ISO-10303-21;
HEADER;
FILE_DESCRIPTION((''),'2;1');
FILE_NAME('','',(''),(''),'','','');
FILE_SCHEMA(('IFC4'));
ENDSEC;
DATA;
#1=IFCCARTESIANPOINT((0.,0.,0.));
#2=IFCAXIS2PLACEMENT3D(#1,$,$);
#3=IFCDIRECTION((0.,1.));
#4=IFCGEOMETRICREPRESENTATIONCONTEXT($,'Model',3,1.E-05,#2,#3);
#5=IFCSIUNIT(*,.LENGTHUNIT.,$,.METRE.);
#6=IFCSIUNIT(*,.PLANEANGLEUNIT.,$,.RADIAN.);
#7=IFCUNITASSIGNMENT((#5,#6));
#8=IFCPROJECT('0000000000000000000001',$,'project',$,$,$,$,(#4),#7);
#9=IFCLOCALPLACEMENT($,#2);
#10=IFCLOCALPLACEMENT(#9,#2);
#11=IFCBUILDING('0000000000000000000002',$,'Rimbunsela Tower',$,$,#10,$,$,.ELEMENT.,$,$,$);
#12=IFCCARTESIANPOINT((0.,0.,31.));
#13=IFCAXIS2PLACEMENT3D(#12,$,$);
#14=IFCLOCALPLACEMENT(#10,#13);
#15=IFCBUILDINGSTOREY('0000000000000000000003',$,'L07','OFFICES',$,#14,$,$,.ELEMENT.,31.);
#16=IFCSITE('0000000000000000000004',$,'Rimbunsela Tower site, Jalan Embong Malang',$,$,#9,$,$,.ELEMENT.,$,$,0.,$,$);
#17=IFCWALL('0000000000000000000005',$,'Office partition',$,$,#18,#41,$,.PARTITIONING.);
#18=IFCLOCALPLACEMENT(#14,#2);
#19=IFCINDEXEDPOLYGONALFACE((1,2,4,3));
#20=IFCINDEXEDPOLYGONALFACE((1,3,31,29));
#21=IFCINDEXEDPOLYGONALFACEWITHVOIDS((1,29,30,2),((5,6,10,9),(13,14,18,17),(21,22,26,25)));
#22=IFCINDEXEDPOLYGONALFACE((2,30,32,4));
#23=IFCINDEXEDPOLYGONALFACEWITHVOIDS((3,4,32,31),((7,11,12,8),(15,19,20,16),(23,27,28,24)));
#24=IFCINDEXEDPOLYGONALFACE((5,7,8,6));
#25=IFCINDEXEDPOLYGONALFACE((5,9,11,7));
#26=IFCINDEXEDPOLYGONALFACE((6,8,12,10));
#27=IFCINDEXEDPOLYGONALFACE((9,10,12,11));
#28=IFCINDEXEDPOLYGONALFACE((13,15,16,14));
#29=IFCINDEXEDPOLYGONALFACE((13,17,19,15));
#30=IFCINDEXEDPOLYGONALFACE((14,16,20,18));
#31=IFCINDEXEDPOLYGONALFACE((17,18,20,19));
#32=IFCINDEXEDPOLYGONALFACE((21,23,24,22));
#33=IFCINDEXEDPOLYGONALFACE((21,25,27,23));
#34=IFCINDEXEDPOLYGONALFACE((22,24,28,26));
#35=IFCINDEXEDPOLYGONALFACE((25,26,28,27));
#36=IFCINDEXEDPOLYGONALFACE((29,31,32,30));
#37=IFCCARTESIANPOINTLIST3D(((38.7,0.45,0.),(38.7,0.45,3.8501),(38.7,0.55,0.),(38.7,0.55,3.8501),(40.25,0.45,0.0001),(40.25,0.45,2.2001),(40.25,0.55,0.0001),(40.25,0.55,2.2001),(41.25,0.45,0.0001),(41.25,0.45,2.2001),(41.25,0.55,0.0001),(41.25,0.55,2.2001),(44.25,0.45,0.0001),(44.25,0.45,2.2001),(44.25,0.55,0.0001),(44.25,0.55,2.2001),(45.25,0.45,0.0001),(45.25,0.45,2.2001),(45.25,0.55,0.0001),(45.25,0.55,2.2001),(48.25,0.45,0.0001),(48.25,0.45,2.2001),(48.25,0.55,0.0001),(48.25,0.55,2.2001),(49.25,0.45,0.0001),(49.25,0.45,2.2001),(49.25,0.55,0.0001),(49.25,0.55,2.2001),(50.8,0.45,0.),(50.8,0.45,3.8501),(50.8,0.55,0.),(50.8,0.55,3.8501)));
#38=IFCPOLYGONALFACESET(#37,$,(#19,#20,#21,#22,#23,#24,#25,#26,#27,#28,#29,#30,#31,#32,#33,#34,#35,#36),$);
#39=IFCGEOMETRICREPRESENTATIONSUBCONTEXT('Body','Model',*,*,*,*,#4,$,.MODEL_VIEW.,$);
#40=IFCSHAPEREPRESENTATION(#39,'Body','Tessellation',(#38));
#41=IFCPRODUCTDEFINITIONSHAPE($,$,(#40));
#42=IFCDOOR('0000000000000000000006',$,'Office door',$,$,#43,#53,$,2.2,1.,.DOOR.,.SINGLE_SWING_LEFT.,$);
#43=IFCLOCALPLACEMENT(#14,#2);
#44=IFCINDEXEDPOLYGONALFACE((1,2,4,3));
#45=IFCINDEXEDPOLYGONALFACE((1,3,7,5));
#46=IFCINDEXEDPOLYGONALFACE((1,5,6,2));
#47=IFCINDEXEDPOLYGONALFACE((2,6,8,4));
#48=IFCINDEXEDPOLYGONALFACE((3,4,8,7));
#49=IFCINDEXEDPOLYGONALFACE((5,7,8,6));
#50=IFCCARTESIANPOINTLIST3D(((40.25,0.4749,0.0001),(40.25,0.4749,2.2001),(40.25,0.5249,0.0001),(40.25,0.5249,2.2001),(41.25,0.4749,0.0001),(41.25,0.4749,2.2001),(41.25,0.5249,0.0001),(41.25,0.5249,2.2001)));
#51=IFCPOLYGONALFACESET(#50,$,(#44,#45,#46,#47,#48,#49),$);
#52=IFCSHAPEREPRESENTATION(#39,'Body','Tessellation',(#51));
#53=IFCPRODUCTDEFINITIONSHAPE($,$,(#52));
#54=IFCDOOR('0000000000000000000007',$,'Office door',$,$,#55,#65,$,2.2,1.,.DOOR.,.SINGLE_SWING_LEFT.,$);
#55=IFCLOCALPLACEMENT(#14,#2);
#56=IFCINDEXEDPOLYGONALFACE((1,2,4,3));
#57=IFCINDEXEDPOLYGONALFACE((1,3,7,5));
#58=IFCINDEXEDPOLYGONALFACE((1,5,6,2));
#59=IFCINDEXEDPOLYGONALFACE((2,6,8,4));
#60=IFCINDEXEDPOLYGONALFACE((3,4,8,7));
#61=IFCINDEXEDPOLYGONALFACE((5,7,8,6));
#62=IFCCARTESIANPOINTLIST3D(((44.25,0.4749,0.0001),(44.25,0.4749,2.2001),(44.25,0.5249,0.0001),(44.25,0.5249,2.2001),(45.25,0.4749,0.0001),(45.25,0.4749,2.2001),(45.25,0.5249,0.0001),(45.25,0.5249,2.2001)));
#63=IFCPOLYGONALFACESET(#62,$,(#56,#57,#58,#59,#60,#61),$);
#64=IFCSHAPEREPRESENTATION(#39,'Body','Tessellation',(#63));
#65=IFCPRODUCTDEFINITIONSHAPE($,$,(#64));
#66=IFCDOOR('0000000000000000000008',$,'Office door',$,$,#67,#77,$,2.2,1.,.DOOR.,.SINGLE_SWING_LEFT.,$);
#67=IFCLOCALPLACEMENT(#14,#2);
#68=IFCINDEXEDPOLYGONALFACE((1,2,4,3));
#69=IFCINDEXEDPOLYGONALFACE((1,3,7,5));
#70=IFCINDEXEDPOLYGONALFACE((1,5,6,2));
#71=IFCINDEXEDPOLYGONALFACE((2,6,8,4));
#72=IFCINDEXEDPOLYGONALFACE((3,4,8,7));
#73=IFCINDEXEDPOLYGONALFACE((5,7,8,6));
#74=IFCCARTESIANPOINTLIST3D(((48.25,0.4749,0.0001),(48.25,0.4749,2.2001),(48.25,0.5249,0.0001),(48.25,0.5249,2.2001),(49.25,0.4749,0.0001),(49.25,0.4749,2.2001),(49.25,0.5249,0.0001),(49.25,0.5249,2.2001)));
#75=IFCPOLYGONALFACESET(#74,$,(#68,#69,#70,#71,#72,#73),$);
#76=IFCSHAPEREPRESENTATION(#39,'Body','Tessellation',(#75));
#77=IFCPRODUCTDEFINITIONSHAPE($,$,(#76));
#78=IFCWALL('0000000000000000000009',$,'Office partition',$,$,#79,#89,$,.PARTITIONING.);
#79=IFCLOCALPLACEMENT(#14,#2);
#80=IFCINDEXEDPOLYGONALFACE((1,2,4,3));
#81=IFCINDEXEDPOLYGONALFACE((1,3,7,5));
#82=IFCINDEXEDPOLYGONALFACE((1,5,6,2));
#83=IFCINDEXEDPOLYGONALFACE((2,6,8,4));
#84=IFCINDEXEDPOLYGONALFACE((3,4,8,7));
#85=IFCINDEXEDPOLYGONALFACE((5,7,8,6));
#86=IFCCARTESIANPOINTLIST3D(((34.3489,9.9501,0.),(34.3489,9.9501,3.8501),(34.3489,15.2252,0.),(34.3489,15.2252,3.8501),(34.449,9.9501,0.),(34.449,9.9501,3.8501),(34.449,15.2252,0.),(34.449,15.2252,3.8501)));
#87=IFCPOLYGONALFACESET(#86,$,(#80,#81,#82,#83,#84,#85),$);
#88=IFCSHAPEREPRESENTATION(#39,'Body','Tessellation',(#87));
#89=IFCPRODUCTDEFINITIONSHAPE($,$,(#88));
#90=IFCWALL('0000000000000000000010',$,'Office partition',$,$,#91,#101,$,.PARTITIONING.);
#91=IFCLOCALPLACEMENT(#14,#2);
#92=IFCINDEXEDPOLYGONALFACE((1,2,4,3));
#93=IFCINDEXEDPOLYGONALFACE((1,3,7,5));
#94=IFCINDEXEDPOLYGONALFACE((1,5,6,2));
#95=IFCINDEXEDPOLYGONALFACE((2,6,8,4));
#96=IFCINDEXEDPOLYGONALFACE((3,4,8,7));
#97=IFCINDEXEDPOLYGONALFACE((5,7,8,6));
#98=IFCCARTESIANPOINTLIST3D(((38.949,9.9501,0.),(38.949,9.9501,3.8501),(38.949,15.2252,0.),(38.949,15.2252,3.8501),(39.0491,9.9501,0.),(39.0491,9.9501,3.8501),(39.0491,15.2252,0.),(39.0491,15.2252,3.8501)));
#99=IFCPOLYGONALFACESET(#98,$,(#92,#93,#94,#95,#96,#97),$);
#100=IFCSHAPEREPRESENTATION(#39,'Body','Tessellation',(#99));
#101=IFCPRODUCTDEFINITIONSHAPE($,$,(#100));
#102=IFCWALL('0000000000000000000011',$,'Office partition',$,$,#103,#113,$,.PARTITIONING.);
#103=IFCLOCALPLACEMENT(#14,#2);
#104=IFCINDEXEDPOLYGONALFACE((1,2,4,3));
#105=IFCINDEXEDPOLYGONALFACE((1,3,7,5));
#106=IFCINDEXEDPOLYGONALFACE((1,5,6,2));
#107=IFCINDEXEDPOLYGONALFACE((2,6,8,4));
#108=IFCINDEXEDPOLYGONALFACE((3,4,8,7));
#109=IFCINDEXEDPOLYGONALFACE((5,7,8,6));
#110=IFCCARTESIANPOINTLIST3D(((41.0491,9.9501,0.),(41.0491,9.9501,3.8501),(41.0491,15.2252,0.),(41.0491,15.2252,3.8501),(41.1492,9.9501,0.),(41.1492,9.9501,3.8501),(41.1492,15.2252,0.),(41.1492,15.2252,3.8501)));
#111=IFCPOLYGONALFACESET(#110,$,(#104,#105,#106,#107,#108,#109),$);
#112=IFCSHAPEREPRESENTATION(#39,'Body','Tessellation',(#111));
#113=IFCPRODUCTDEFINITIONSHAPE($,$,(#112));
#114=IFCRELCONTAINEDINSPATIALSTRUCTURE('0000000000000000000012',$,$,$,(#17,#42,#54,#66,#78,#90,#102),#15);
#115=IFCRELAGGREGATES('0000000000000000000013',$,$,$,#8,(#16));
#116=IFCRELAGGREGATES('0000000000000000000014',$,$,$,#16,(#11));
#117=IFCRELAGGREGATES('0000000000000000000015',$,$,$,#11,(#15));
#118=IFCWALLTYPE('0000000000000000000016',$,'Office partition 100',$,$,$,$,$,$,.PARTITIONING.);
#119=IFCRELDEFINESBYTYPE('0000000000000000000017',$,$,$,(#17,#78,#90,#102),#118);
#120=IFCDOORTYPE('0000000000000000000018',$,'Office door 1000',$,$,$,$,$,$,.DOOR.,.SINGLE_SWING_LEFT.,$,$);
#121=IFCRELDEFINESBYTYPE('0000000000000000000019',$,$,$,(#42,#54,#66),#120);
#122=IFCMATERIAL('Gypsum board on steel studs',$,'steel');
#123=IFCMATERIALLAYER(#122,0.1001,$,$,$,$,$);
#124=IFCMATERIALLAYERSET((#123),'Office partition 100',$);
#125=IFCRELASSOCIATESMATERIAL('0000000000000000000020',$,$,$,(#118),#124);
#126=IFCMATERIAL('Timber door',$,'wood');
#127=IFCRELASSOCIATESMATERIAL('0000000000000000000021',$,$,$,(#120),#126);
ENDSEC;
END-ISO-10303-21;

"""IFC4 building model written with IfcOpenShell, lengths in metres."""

from ifc_helpers import new_model, si_unit, direction, frame, frame_2d, origin, place, context, subcontext, project, spatial, rectangle, extrude, material, layer, layer_set, type_object, element, fill, save


model = new_model("IFC4")

# Units and contexts
model_context = context("Model", 3, precision=1e-05, world=origin(), true_north=direction((0.0, 1.0)))
body_context = subcontext(model_context, "Body", "Model", "MODEL_VIEW")
ifc_project = project(units=[si_unit("LENGTHUNIT", "METRE"), si_unit("PLANEANGLEUNIT", "RADIAN")], contexts=[model_context])

# Site, building, storey
site_placement = place(None, origin())
site = spatial("IfcSite", under=ifc_project, at=site_placement, Name="Rimbunsela Tower site, Jalan Embong Malang", CompositionType="ELEMENT", RefElevation=0.0)
building_placement = place(site_placement, origin())
building = spatial("IfcBuilding", under=site, at=building_placement, Name="Rimbunsela Tower", CompositionType="ELEMENT")
storey_placement = place(building_placement, frame((0.0, 0.0, 31.0)))
storey = spatial("IfcBuildingStorey", under=building, at=storey_placement, Name="L07", Description="OFFICES", CompositionType="ELEMENT", Elevation=31.0)

# Wall, openings, doors
ifc_material_1 = material(Name="Gypsum board on steel studs", Category="steel")
ifc_layer_1 = layer(ifc_material_1, 0.1001)
ifc_layer_set_1 = layer_set([ifc_layer_1], Name="Office partition 100")
wall_type_1 = type_object("IfcWallType", Name="Office partition 100", PredefinedType="PARTITIONING", material=ifc_layer_set_1)
wall_1_placement = place(storey_placement, frame((38.7, 0.5, 0.0), z_axis=(0.0, 0.0, 1.0), x_axis=(1.0, 0.0, 0.0)))
wall_1 = element("IfcWall", 1, at=wall_1_placement, inside=storey, type_object=wall_type_1, Name="Office partition", PredefinedType="PARTITIONING", context=body_context, shape_type="SweptSolid", body=[
    extrude(rectangle(XDim=12.1001, YDim=0.1001, at=frame_2d((6.05, 0.0))), origin(), (0.0, 0.0, 1.0), 3.8501),
])
opening_1_placement = place(wall_1_placement, frame((1.55, 0.0, 0.0)))
opening_1 = element("IfcOpeningElement", 2, at=opening_1_placement, cuts=wall_1, PredefinedType="OPENING", context=body_context, shape_type="SweptSolid", body=[
    extrude(rectangle(XDim=1.0, YDim=2.2, at=frame_2d((0.5, 1.1001))), frame((0.0, 0.0601, 0.0), z_axis=(0.0, -1.0, 0.0), x_axis=(1.0, 0.0, 0.0)), (0.0, 0.0, 1.0), 0.1201),
])
opening_2_placement = place(wall_1_placement, frame((5.55, 0.0, 0.0)))
opening_2 = element("IfcOpeningElement", 3, at=opening_2_placement, cuts=wall_1, PredefinedType="OPENING", context=body_context, shape_type="SweptSolid", body=[
    extrude(rectangle(XDim=1.0, YDim=2.2, at=frame_2d((0.5, 1.1001))), frame((0.0, 0.0601, 0.0), z_axis=(0.0, -1.0, 0.0), x_axis=(1.0, 0.0, 0.0)), (0.0, 0.0, 1.0), 0.1201),
])
opening_3_placement = place(wall_1_placement, frame((9.55, 0.0, 0.0)))
opening_3 = element("IfcOpeningElement", 4, at=opening_3_placement, cuts=wall_1, PredefinedType="OPENING", context=body_context, shape_type="SweptSolid", body=[
    extrude(rectangle(XDim=1.0, YDim=2.2, at=frame_2d((0.5, 1.1001))), frame((0.0, 0.0601, 0.0), z_axis=(0.0, -1.0, 0.0), x_axis=(1.0, 0.0, 0.0)), (0.0, 0.0, 1.0), 0.1201),
])
ifc_material_2 = material(Name="Timber door", Category="wood")
door_type_1 = type_object("IfcDoorType", Name="Office door 1000", OperationType="SINGLE_SWING_LEFT", PredefinedType="DOOR", material=ifc_material_2)
door_1_placement = place(opening_1_placement, origin())
door_1 = element("IfcDoor", 5, at=door_1_placement, inside=storey, type_object=door_type_1, Name="Office door", OperationType="SINGLE_SWING_LEFT", OverallHeight=2.2, OverallWidth=1.0, PredefinedType="DOOR", context=body_context, shape_type="SweptSolid", body=[
    extrude(rectangle(XDim=1.0, YDim=2.2, at=frame_2d((0.5, 1.1001))), frame((0.0, 0.0249, 0.0), z_axis=(0.0, -1.0, 0.0), x_axis=(1.0, 0.0, 0.0)), (0.0, 0.0, 1.0), 0.05),
])
fill(opening_1, door_1)
door_2_placement = place(opening_2_placement, origin())
door_2 = element("IfcDoor", 6, at=door_2_placement, inside=storey, type_object=door_type_1, Name="Office door", OperationType="SINGLE_SWING_LEFT", OverallHeight=2.2, OverallWidth=1.0, PredefinedType="DOOR", context=body_context, shape_type="SweptSolid", body=[
    extrude(rectangle(XDim=1.0, YDim=2.2, at=frame_2d((0.5, 1.1001))), frame((0.0, 0.0249, 0.0), z_axis=(0.0, -1.0, 0.0), x_axis=(1.0, 0.0, 0.0)), (0.0, 0.0, 1.0), 0.05),
])
fill(opening_2, door_2)
door_3_placement = place(opening_3_placement, origin())
door_3 = element("IfcDoor", 7, at=door_3_placement, inside=storey, type_object=door_type_1, Name="Office door", OperationType="SINGLE_SWING_LEFT", OverallHeight=2.2, OverallWidth=1.0, PredefinedType="DOOR", context=body_context, shape_type="SweptSolid", body=[
    extrude(rectangle(XDim=1.0, YDim=2.2, at=frame_2d((0.5, 1.1001))), frame((0.0, 0.0249, 0.0), z_axis=(0.0, -1.0, 0.0), x_axis=(1.0, 0.0, 0.0)), (0.0, 0.0, 1.0), 0.05),
])
fill(opening_3, door_3)

# Walls
for number, where, z_axis, x_axis, name in (
    (8, (34.3989, 9.95, 0.0), (0.0, 0.0, 1.0), (0.0, 1.0, 0.0), "Office partition"),
    (9, (38.999, 9.95, 0.0), (0.0, 0.0, 1.0), (0.0, 1.0, 0.0), "Office partition"),
    (10, (41.0991, 9.95, 0.0), (0.0, 0.0, 1.0), (0.0, 1.0, 0.0), "Office partition"),
):
    element("IfcWall", number, at=place(storey_placement, frame(where, z_axis=z_axis, x_axis=x_axis)), inside=storey, type_object=wall_type_1, Name=name, PredefinedType="PARTITIONING", context=body_context, shape_type="SweptSolid", body=[
        extrude(rectangle(XDim=5.2751, YDim=0.1001, at=frame_2d((2.6377, 0.0))), origin(), (0.0, 0.0, 1.0), 3.8501),
    ])

save(model, "model.ifc")
